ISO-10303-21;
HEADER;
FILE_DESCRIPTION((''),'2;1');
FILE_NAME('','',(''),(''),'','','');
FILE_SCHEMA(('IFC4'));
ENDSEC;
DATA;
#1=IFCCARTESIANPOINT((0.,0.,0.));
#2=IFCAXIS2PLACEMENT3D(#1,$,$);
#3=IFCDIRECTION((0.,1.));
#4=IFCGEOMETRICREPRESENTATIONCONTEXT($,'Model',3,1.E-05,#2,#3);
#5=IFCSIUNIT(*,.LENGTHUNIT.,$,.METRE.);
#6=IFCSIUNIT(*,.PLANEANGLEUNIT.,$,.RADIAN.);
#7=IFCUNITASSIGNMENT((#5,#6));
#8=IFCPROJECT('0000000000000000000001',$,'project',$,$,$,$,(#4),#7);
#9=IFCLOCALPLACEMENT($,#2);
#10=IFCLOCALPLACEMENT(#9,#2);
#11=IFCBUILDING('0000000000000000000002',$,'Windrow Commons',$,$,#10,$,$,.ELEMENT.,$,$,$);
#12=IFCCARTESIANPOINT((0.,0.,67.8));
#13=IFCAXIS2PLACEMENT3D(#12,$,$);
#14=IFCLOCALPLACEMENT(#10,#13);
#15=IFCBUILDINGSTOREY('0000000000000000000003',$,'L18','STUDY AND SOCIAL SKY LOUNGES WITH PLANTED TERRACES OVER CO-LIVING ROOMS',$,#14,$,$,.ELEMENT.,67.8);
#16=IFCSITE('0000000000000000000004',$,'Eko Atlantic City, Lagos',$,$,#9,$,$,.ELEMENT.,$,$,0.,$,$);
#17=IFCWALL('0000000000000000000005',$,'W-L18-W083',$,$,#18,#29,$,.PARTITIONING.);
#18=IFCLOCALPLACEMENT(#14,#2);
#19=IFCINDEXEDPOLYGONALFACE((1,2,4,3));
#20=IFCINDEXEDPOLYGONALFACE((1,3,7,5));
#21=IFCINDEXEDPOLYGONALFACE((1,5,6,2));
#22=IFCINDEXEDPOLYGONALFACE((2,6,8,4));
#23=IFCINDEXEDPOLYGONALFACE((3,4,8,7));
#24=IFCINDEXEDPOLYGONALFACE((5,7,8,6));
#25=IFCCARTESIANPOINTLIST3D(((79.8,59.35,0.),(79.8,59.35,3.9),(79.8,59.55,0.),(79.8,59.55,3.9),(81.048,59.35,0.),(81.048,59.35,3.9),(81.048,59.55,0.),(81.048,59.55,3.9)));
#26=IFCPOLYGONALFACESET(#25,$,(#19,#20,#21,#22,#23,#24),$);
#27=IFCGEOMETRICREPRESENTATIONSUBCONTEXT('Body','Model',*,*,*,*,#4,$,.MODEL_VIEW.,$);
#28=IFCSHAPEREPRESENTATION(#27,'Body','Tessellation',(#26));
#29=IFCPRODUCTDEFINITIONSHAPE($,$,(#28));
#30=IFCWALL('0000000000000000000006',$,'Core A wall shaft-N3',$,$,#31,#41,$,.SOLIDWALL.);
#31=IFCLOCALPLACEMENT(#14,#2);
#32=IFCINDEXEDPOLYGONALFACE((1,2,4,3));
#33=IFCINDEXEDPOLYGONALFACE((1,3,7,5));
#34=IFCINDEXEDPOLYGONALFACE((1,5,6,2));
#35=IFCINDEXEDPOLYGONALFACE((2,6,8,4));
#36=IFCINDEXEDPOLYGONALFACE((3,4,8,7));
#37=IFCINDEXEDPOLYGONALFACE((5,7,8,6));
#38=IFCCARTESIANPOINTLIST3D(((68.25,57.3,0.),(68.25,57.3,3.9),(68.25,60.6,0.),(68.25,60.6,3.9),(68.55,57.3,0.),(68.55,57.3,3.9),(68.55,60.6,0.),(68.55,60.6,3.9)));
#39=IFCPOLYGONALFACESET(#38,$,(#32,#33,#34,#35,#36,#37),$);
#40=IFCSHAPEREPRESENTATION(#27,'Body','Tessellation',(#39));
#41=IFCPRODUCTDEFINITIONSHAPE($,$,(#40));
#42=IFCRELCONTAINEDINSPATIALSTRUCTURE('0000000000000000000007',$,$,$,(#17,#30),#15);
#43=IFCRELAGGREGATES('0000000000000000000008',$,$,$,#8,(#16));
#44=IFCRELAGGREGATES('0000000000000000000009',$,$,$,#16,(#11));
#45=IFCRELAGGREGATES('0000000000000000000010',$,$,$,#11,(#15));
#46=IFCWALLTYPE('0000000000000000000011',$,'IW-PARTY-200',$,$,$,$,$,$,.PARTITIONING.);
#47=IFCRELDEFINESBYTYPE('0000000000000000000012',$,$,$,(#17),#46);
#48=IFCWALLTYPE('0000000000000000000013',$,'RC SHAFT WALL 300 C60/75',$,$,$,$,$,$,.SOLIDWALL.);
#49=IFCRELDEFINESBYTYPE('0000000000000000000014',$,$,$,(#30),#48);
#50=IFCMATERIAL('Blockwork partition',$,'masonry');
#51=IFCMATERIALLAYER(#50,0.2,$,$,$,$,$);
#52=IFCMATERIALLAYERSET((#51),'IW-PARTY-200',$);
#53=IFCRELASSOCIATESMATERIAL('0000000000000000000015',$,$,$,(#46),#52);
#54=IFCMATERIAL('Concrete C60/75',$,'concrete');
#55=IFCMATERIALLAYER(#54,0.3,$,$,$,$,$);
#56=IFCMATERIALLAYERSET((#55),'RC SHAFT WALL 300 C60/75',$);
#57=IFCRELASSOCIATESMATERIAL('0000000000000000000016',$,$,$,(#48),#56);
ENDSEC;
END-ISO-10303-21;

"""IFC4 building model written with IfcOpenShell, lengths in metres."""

from ifc_helpers import new_model, si_unit, direction, frame, frame_2d, origin, place, context, subcontext, project, spatial, rectangle, extrude, material, layer, layer_set, type_object, element, save


model = new_model("IFC4")

# Units and contexts
model_context = context("Model", 3, precision=1e-05, world=origin(), true_north=direction((0.0, 1.0)))
body_context = subcontext(model_context, "Body", "Model", "MODEL_VIEW")
ifc_project = project(units=[si_unit("LENGTHUNIT", "METRE"), si_unit("PLANEANGLEUNIT", "RADIAN")], contexts=[model_context])

# Site, building, storey
site_placement = place(None, origin())
site = spatial("IfcSite", under=ifc_project, at=site_placement, Name="Eko Atlantic City, Lagos", CompositionType="ELEMENT", RefElevation=0.0)
building_placement = place(site_placement, origin())
building = spatial("IfcBuilding", under=site, at=building_placement, Name="Windrow Commons", CompositionType="ELEMENT")
storey_placement = place(building_placement, frame((0.0, 0.0, 67.8)))
storey = spatial("IfcBuildingStorey", under=building, at=storey_placement, Name="L18", Description="STUDY AND SOCIAL SKY LOUNGES WITH PLANTED TERRACES OVER CO-LIVING ROOMS", CompositionType="ELEMENT", Elevation=67.8)

# Walls
ifc_material_1 = material(Name="Blockwork partition", Category="masonry")
ifc_layer_1 = layer(ifc_material_1, 0.2)
ifc_layer_set_1 = layer_set([ifc_layer_1], Name="IW-PARTY-200")
wall_type_1 = type_object("IfcWallType", Name="IW-PARTY-200", PredefinedType="PARTITIONING", material=ifc_layer_set_1)
wall_1_placement = place(storey_placement, frame((79.8, 59.45, 0.0), z_axis=(0.0, 0.0, 1.0), x_axis=(1.0, 0.0, 0.0)))
element("IfcWall", 1, at=wall_1_placement, inside=storey, type_object=wall_type_1, Name="W-L18-W083", PredefinedType="PARTITIONING", context=body_context, shape_type="SweptSolid", body=[
    extrude(rectangle(XDim=1.248, YDim=0.2, at=frame_2d((0.624, 0.0))), origin(), (0.0, 0.0, 1.0), 3.9),
])
ifc_material_2 = material(Name="Concrete C60/75", Category="concrete")
ifc_layer_2 = layer(ifc_material_2, 0.3)
ifc_layer_set_2 = layer_set([ifc_layer_2], Name="RC SHAFT WALL 300 C60/75")
wall_type_2 = type_object("IfcWallType", Name="RC SHAFT WALL 300 C60/75", PredefinedType="SOLIDWALL", material=ifc_layer_set_2)
wall_2_placement = place(storey_placement, frame((68.4, 57.3, 0.0), z_axis=(0.0, 0.0, 1.0), x_axis=(0.0, 1.0, 0.0)))
element("IfcWall", 2, at=wall_2_placement, inside=storey, type_object=wall_type_2, Name="Core A wall shaft-N3", PredefinedType="SOLIDWALL", context=body_context, shape_type="SweptSolid", body=[
    extrude(rectangle(XDim=3.3, YDim=0.3, at=frame_2d((1.65, 0.0))), origin(), (0.0, 0.0, 1.0), 3.9),
])

save(model, "model.ifc")
